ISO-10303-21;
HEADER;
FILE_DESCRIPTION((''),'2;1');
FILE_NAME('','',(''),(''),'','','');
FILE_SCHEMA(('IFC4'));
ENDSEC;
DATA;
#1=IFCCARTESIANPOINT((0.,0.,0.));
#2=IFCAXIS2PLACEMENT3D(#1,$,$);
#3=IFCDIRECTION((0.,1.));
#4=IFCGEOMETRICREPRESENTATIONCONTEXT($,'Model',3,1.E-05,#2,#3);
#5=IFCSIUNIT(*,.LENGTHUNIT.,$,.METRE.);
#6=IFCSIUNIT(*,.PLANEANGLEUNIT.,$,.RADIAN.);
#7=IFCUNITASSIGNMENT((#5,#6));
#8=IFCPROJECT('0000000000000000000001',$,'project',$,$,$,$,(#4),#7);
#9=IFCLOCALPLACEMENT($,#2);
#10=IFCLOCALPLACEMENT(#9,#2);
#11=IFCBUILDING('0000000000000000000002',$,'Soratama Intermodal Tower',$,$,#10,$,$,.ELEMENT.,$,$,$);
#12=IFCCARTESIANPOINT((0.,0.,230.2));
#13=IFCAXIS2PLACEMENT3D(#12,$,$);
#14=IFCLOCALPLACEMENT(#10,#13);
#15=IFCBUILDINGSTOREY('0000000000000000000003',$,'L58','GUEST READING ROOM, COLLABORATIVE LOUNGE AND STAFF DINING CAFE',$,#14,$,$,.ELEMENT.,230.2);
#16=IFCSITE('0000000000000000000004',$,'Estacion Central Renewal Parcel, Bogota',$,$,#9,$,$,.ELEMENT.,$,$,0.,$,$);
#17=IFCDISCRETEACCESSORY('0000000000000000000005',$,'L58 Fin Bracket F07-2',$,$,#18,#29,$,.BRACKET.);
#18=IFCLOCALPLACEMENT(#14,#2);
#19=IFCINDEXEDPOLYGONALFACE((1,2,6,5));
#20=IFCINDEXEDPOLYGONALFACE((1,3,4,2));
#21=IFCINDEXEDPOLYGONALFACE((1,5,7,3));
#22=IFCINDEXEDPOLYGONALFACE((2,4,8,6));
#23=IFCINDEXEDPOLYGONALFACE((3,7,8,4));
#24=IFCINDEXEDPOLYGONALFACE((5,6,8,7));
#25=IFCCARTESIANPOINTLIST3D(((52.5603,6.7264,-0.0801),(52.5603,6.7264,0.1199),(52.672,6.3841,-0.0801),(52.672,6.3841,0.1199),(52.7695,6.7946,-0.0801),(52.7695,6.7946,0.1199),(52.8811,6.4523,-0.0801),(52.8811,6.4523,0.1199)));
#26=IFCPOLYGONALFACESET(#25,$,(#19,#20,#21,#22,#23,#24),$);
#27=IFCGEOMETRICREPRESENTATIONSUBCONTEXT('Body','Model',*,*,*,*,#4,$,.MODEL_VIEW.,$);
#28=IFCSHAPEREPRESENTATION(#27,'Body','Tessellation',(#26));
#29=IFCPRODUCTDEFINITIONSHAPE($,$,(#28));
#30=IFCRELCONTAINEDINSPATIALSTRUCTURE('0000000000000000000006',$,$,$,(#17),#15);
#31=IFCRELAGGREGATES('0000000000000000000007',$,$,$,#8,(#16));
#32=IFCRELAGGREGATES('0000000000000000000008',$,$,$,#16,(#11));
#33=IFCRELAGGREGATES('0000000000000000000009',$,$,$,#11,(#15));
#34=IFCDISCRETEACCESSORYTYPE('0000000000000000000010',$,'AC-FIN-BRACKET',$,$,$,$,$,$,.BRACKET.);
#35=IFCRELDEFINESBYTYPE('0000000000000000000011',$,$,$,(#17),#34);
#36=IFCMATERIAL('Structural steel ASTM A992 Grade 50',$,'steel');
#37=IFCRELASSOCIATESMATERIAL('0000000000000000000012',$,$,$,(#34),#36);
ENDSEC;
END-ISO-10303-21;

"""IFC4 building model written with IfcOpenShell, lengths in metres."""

from ifc_helpers import new_model, si_unit, direction, frame, origin, origin_2d, place, context, subcontext, project, spatial, rectangle, extrude, material, type_object, element, save


model = new_model("IFC4")

# Units and contexts
model_context = context("Model", 3, precision=1e-05, world=origin(), true_north=direction((0.0, 1.0)))
body_context = subcontext(model_context, "Body", "Model", "MODEL_VIEW")
ifc_project = project(units=[si_unit("LENGTHUNIT", "METRE"), si_unit("PLANEANGLEUNIT", "RADIAN")], contexts=[model_context])

# Site, building, storey
site_placement = place(None, origin())
site = spatial("IfcSite", under=ifc_project, at=site_placement, Name="Estacion Central Renewal Parcel, Bogota", CompositionType="ELEMENT", RefElevation=0.0)
building_placement = place(site_placement, origin())
building = spatial("IfcBuilding", under=site, at=building_placement, Name="Soratama Intermodal Tower", CompositionType="ELEMENT")
storey_placement = place(building_placement, frame((0.0, 0.0, 230.2)))
storey = spatial("IfcBuildingStorey", under=building, at=storey_placement, Name="L58", Description="GUEST READING ROOM, COLLABORATIVE LOUNGE AND STAFF DINING CAFE", CompositionType="ELEMENT", Elevation=230.2)

# Discrete accessory
ifc_material_1 = material(Name="Structural steel ASTM A992 Grade 50", Category="steel")
discrete_accessory_type = type_object("IfcDiscreteAccessoryType", Name="AC-FIN-BRACKET", PredefinedType="BRACKET", material=ifc_material_1)
discrete_accessory_placement = place(storey_placement, frame((52.7207, 6.5894, -0.0801), z_axis=(0.0, 0.0, 1.0), x_axis=(0.310013, -0.950732, 0.0)))
element("IfcDiscreteAccessory", 1, at=discrete_accessory_placement, inside=storey, type_object=discrete_accessory_type, Name="L58 Fin Bracket F07-2", PredefinedType="BRACKET", context=body_context, shape_type="SweptSolid", body=[
    extrude(rectangle(XDim=0.3601, YDim=0.22, at=origin_2d()), origin(), (0.0, 0.0, 1.0), 0.2),
])

save(model, "model.ifc")
